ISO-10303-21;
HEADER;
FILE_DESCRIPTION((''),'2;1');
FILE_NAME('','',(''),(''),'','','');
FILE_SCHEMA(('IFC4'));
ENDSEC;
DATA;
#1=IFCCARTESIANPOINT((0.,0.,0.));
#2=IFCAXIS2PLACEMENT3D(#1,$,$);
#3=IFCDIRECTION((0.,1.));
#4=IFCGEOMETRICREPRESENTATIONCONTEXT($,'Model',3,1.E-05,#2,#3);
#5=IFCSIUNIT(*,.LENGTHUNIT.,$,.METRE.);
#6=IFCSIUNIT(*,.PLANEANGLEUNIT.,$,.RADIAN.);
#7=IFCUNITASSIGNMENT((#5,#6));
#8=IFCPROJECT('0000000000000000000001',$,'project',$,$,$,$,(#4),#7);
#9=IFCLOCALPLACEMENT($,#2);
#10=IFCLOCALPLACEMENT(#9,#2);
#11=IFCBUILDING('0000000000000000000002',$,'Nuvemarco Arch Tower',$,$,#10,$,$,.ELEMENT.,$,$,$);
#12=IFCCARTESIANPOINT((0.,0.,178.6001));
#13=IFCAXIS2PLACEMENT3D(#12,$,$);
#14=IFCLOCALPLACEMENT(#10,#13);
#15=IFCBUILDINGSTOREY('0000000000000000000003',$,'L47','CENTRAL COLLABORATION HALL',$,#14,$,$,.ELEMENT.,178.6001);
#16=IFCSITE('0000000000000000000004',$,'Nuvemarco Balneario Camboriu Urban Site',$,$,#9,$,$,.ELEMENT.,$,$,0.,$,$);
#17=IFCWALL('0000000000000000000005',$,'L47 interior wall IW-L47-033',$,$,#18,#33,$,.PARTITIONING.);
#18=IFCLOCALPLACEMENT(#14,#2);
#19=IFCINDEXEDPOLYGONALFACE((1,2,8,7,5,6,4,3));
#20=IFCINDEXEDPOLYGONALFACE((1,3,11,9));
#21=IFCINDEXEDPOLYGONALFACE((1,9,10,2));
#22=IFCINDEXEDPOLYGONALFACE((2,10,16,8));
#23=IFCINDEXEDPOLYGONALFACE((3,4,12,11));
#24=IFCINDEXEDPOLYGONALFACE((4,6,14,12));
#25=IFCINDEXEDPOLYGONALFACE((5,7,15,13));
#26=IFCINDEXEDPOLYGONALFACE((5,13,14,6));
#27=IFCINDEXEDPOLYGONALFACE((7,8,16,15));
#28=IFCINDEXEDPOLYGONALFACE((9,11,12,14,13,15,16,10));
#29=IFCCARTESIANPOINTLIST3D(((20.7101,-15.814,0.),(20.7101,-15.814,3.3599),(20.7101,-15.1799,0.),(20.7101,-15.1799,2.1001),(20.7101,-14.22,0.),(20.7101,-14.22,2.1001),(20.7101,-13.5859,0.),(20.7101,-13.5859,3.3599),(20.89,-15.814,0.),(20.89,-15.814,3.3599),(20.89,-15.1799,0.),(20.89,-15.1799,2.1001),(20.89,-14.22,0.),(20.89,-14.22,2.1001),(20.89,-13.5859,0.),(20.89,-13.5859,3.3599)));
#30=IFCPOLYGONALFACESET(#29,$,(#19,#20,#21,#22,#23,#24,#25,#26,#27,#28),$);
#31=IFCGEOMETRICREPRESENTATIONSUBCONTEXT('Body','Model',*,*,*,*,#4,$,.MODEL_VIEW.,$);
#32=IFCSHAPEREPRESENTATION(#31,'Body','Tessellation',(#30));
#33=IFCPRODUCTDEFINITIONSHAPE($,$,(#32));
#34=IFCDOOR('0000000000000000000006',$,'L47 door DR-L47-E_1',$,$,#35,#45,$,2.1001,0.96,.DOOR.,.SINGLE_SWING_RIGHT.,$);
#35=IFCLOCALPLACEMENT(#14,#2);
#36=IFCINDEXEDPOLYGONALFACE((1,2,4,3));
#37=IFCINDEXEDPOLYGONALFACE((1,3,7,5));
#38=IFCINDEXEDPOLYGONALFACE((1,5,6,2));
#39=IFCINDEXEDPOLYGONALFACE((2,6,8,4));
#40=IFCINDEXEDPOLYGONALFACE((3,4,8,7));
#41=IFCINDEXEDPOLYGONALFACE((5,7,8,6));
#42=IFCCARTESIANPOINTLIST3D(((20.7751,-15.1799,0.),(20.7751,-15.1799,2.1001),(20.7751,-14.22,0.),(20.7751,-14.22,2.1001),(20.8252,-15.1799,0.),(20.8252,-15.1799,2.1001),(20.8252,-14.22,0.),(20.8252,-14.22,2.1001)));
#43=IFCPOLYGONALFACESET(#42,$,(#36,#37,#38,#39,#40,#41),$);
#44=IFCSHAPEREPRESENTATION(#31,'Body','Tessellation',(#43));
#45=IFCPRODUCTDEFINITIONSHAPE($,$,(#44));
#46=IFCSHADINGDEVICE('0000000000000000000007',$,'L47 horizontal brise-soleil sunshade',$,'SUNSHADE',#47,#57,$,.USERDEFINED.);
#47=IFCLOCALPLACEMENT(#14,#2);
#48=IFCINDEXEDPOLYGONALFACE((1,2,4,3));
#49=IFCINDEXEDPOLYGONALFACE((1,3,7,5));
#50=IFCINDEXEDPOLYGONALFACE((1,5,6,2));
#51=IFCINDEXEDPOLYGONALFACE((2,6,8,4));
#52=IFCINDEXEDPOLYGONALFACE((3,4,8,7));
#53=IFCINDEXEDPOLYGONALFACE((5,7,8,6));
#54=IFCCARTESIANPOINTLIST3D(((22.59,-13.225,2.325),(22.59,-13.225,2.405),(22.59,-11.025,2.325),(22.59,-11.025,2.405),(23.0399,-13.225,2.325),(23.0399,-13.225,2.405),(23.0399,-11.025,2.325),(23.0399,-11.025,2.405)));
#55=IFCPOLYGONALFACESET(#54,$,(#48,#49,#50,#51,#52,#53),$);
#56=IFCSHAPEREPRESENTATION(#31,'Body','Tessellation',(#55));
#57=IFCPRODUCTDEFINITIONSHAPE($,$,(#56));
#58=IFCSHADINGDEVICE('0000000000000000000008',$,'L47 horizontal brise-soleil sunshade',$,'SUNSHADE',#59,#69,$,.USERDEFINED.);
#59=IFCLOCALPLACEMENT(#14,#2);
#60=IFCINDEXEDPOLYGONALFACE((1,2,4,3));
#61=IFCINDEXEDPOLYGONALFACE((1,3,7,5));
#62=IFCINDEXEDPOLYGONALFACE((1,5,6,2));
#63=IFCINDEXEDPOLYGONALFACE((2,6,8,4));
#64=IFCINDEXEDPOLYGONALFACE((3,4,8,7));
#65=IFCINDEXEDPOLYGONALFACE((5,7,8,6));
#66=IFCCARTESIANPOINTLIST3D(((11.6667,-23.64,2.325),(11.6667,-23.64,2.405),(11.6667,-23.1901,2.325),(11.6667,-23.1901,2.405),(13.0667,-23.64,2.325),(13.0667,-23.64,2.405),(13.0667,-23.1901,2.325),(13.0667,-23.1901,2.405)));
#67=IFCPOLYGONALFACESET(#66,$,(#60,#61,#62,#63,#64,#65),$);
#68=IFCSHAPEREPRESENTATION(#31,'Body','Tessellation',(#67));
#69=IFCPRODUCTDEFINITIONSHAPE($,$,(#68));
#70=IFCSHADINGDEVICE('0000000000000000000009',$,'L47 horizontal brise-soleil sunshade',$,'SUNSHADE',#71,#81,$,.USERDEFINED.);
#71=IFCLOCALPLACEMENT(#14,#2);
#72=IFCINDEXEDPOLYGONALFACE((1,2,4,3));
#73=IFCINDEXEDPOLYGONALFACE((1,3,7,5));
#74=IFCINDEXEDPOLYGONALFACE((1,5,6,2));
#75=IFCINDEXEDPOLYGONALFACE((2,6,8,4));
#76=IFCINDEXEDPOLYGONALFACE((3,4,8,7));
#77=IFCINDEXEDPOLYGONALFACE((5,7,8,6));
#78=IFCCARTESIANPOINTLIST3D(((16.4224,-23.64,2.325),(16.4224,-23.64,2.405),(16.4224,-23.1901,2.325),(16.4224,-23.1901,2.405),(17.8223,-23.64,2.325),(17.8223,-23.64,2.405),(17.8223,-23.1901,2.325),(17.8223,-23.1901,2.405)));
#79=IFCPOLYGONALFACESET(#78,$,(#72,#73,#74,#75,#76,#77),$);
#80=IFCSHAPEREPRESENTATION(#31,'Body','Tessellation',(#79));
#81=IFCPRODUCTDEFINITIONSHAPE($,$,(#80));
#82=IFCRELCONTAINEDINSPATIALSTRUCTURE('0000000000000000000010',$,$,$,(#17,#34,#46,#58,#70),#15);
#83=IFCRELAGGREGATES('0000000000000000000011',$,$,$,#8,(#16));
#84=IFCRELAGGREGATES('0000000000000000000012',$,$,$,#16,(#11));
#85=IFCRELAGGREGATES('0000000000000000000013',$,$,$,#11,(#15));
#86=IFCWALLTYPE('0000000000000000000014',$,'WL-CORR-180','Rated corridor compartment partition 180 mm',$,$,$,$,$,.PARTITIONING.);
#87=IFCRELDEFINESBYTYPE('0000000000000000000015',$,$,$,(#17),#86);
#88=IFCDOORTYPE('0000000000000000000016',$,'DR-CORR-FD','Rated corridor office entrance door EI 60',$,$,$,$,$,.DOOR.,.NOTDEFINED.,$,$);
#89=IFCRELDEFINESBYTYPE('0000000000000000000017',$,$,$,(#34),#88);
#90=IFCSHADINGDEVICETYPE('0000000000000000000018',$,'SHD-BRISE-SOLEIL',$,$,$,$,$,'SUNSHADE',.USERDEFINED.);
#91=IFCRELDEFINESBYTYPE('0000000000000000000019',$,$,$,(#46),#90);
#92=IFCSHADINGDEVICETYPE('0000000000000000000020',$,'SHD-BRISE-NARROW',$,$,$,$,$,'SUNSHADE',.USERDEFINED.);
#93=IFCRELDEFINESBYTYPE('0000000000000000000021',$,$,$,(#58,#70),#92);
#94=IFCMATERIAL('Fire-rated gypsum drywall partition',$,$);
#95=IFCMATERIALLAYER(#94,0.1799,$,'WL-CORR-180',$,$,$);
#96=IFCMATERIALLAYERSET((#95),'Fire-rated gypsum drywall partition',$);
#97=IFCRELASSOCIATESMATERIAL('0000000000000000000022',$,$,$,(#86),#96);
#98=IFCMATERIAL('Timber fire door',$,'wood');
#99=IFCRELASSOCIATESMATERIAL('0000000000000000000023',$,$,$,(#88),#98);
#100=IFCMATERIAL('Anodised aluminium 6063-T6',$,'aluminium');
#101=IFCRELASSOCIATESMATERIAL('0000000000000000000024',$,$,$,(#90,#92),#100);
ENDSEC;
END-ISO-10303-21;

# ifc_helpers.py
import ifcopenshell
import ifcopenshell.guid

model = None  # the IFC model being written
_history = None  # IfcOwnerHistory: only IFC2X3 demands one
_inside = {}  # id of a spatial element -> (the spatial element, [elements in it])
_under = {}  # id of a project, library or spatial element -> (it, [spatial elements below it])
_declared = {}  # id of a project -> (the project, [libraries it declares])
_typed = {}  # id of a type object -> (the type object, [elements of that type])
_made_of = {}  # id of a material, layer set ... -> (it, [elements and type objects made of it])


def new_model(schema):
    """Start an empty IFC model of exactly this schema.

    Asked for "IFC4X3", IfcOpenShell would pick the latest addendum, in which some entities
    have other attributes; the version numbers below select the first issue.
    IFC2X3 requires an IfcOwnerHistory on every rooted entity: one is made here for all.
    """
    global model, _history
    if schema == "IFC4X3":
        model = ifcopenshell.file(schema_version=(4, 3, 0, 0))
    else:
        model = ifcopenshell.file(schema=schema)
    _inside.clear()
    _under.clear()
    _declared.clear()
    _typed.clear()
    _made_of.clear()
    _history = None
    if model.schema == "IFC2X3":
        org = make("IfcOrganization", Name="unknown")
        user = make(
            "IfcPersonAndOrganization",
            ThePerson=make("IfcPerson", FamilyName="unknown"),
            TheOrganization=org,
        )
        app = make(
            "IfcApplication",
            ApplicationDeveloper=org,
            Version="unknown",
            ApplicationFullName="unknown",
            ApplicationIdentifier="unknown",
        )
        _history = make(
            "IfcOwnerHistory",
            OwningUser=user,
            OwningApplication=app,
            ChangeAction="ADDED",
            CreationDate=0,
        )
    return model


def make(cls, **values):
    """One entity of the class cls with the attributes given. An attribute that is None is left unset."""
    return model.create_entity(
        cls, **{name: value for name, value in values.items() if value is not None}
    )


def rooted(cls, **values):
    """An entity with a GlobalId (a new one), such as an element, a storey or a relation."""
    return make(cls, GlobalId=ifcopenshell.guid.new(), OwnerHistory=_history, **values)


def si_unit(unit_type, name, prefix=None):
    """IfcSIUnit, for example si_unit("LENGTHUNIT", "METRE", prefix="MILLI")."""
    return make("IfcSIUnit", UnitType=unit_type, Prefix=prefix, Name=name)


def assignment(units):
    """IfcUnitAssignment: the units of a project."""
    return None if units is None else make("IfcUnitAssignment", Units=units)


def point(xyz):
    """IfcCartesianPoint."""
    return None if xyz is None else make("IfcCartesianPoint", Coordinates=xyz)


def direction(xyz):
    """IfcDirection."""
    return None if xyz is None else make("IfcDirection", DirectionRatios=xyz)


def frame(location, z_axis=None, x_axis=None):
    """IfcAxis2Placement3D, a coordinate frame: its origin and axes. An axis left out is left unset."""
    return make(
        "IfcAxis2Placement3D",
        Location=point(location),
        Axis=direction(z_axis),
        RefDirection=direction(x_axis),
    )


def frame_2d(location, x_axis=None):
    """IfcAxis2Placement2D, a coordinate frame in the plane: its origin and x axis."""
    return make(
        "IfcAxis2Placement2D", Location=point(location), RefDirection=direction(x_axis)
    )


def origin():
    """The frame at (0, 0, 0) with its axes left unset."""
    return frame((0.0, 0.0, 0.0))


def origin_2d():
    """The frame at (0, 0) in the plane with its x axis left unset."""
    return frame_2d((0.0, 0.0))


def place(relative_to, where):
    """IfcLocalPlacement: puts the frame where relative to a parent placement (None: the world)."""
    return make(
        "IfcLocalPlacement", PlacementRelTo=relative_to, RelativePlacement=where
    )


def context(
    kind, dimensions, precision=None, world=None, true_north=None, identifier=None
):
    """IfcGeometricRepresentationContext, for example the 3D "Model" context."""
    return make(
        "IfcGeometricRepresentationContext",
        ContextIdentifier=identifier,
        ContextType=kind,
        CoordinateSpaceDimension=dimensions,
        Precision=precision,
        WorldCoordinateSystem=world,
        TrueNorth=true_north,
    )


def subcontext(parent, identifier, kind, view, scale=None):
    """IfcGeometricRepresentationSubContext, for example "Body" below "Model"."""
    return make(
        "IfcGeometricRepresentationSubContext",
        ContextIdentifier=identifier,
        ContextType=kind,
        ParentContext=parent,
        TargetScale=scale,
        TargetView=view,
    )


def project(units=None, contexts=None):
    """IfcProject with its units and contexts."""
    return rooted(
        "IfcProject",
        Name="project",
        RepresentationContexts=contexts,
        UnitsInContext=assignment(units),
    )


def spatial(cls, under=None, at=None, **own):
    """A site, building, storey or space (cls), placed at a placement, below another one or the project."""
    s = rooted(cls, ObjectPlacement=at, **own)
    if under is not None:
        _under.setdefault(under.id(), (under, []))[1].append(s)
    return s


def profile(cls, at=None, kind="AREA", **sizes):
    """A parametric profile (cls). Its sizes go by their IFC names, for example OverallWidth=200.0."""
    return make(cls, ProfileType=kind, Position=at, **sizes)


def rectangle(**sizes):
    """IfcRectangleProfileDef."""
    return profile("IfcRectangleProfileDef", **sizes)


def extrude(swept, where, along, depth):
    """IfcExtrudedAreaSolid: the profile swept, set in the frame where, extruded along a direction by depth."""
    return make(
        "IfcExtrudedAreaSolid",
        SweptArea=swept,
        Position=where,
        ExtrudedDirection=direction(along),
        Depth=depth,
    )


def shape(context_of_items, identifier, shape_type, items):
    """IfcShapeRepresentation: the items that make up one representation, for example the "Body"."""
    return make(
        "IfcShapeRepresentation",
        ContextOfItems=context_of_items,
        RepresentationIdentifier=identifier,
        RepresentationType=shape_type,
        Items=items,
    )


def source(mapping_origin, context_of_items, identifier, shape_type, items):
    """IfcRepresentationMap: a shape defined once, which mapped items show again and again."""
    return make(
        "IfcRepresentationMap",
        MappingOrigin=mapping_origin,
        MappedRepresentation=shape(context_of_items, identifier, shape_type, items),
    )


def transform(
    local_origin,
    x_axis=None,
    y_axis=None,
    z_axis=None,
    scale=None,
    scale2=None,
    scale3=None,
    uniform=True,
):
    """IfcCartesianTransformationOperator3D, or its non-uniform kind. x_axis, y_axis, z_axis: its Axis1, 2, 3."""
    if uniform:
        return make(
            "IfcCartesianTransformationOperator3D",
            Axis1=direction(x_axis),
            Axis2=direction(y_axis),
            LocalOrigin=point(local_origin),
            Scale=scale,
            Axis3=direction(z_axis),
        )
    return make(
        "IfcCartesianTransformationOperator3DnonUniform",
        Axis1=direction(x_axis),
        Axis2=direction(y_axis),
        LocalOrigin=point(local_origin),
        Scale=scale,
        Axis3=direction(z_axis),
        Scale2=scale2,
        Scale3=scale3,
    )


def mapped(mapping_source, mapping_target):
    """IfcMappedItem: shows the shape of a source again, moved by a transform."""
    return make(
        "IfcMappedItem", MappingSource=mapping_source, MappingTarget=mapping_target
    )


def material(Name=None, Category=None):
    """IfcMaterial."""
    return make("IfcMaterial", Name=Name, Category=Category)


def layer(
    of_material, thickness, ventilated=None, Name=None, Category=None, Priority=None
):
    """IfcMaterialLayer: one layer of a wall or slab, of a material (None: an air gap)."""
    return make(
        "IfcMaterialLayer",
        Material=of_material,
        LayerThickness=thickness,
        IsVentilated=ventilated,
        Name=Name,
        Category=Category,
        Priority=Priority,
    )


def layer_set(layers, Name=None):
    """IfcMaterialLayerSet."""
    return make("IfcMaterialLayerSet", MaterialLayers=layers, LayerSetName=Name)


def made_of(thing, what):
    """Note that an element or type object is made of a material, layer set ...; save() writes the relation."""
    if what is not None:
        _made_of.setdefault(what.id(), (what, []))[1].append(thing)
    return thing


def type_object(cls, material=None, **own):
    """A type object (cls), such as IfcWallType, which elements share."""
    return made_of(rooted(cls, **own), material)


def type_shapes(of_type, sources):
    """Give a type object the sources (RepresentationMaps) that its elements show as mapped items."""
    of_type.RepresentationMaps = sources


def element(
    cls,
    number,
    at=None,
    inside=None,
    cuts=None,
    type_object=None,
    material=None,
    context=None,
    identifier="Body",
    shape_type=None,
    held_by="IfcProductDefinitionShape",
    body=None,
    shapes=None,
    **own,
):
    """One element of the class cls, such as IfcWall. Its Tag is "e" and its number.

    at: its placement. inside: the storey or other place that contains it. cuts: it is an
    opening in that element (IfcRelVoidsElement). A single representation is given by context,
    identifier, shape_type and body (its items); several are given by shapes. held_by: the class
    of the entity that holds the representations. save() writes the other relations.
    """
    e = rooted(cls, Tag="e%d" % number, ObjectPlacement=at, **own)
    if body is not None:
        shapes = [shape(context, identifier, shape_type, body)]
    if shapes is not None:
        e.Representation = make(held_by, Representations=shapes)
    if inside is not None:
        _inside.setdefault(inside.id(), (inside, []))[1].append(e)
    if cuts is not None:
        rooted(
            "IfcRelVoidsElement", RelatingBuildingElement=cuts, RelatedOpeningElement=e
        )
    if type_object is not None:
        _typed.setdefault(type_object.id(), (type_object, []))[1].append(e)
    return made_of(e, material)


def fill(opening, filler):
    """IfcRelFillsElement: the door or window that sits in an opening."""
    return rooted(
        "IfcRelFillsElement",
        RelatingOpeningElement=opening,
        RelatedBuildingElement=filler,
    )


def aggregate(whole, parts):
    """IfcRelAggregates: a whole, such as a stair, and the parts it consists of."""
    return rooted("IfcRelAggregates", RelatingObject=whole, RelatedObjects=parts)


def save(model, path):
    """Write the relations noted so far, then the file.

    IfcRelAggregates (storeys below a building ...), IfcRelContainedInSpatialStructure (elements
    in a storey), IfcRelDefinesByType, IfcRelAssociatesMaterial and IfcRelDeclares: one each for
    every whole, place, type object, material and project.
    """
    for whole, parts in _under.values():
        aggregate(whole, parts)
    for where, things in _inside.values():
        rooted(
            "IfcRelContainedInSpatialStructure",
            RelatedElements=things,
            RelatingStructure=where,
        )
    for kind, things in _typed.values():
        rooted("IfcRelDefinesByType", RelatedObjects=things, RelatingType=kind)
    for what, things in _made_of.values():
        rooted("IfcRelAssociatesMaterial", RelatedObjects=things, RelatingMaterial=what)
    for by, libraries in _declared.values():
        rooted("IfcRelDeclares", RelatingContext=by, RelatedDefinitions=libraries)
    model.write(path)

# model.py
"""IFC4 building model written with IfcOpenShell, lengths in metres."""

from ifc_helpers import new_model, si_unit, direction, frame, frame_2d, origin, origin_2d, place, context, subcontext, project, spatial, rectangle, extrude, source, transform, mapped, material, layer, layer_set, type_object, type_shapes, element, fill, save


model = new_model("IFC4")

# Units and contexts
model_context = context("Model", 3, precision=1e-05, world=origin(), true_north=direction((0.0, 1.0)))
body_context = subcontext(model_context, "Body", "Model", "MODEL_VIEW")
ifc_project = project(units=[si_unit("LENGTHUNIT", "METRE"), si_unit("PLANEANGLEUNIT", "RADIAN")], contexts=[model_context])

# Site, building, storey
site_placement = place(None, origin())
site = spatial("IfcSite", under=ifc_project, at=site_placement, Name="Nuvemarco Balneario Camboriu Urban Site", CompositionType="ELEMENT", RefElevation=0.0)
building_placement = place(site_placement, origin())
building = spatial("IfcBuilding", under=site, at=building_placement, Name="Nuvemarco Arch Tower", CompositionType="ELEMENT")
storey_placement = place(building_placement, frame((0.0, 0.0, 178.6001)))
storey = spatial("IfcBuildingStorey", under=building, at=storey_placement, Name="L47", Description="CENTRAL COLLABORATION HALL", CompositionType="ELEMENT", Elevation=178.6001)

# Shared definitions
ifc_material_1 = material(Name="Fire-rated gypsum drywall partition")
ifc_layer_1 = layer(ifc_material_1, 0.1799, Name="WL-CORR-180")
ifc_layer_set_1 = layer_set([ifc_layer_1], Name="Fire-rated gypsum drywall partition")
wall_type_1 = type_object("IfcWallType", Name="WL-CORR-180", Description="Rated corridor compartment partition 180 mm", PredefinedType="PARTITIONING", material=ifc_layer_set_1)

# Wall, opening, door
wall_1_placement = place(storey_placement, frame((20.8, -15.814, 0.0), z_axis=(0.0, 0.0, 1.0), x_axis=(0.0, 1.0, 0.0)))
wall_1 = element("IfcWall", 1, at=wall_1_placement, inside=storey, type_object=wall_type_1, Name="L47 interior wall IW-L47-033", PredefinedType="PARTITIONING", context=body_context, shape_type="SweptSolid", body=[
    extrude(rectangle(XDim=2.228, YDim=0.1799, at=frame_2d((1.114, 0.0))), origin(), (0.0, 0.0, 1.0), 3.3599),
])
opening_1_placement = place(wall_1_placement, frame((0.634, 0.0, 0.0)))
opening_1 = element("IfcOpeningElement", 2, at=opening_1_placement, cuts=wall_1, PredefinedType="OPENING", context=body_context, shape_type="SweptSolid", body=[
    extrude(rectangle(XDim=0.96, YDim=2.1001, at=frame_2d((0.48, 1.05))), frame((0.0, 0.0999, 0.0), z_axis=(0.0, -1.0, 0.0), x_axis=(1.0, 0.0, 0.0)), (0.0, 0.0, 1.0), 0.2),
])
ifc_material_2 = material(Name="Timber fire door", Category="wood")
door_type_1 = type_object("IfcDoorType", Name="DR-CORR-FD", Description="Rated corridor office entrance door EI 60", OperationType="NOTDEFINED", PredefinedType="DOOR", material=ifc_material_2)
shared_shape_1 = source(origin(), body_context, "Body", "SweptSolid", [
    extrude(rectangle(XDim=0.96, YDim=2.1001, at=frame_2d((0.48, 1.05))), frame((0.0, 0.0249, 0.0), z_axis=(0.0, -1.0, 0.0), x_axis=(1.0, 0.0, 0.0)), (0.0, 0.0, 1.0), 0.05),
])
type_shapes(door_type_1, [shared_shape_1])
door_1_placement = place(opening_1_placement, origin())
door_1 = element("IfcDoor", 3, at=door_1_placement, inside=storey, type_object=door_type_1, Name="L47 door DR-L47-E_1", OperationType="SINGLE_SWING_RIGHT", OverallHeight=2.1001, OverallWidth=0.96, PredefinedType="DOOR", context=body_context, shape_type="MappedRepresentation", body=[
    mapped(shared_shape_1, transform((0.0, 0.0, 0.0), scale=1.0)),
])
fill(opening_1, door_1)

# Shading devices
ifc_material_3 = material(Name="Anodised aluminium 6063-T6", Category="aluminium")
shading_device_type_1 = type_object("IfcShadingDeviceType", Name="SHD-BRISE-SOLEIL", ElementType="SUNSHADE", PredefinedType="USERDEFINED", material=ifc_material_3)
shared_shape_2 = source(origin(), body_context, "Body", "SweptSolid", [
    extrude(rectangle(XDim=2.2, YDim=0.45, at=origin_2d()), origin(), (0.0, 0.0, 1.0), 0.0801),
])
type_shapes(shading_device_type_1, [shared_shape_2])
shading_device_placement = place(storey_placement, frame((22.8149, -12.125, 2.325), z_axis=(0.0, 0.0, 1.0), x_axis=(0.0, 1.0, 0.0)))
element("IfcShadingDevice", 4, at=shading_device_placement, inside=storey, type_object=shading_device_type_1, Name="L47 horizontal brise-soleil sunshade", ObjectType="SUNSHADE", PredefinedType="USERDEFINED", context=body_context, shape_type="MappedRepresentation", body=[
    mapped(shared_shape_2, transform((0.0, 0.0, 0.0), scale=1.0)),
])
shading_device_type_2 = type_object("IfcShadingDeviceType", Name="SHD-BRISE-NARROW", ElementType="SUNSHADE", PredefinedType="USERDEFINED", material=ifc_material_3)
shared_shape_3 = source(origin(), body_context, "Body", "SweptSolid", [
    extrude(rectangle(XDim=1.3999, YDim=0.45, at=origin_2d()), origin(), (0.0, 0.0, 1.0), 0.0801),
])
type_shapes(shading_device_type_2, [shared_shape_3])
for number, where, z_axis, x_axis, name in (
    (5, (12.3667, -23.415, 2.325), (0.0, 0.0, 1.0), (1.0, 0.0, 0.0), "L47 horizontal brise-soleil sunshade"),
    (6, (17.1223, -23.415, 2.325), (0.0, 0.0, 1.0), (1.0, 0.0, 0.0), "L47 horizontal brise-soleil sunshade"),
):
    element("IfcShadingDevice", number, at=place(storey_placement, frame(where, z_axis=z_axis, x_axis=x_axis)), inside=storey, type_object=shading_device_type_2, Name=name, ObjectType="SUNSHADE", PredefinedType="USERDEFINED", context=body_context, shape_type="MappedRepresentation", body=[
        mapped(shared_shape_3, transform((0.0, 0.0, 0.0), scale=1.0)),
    ])

save(model, "model.ifc")
